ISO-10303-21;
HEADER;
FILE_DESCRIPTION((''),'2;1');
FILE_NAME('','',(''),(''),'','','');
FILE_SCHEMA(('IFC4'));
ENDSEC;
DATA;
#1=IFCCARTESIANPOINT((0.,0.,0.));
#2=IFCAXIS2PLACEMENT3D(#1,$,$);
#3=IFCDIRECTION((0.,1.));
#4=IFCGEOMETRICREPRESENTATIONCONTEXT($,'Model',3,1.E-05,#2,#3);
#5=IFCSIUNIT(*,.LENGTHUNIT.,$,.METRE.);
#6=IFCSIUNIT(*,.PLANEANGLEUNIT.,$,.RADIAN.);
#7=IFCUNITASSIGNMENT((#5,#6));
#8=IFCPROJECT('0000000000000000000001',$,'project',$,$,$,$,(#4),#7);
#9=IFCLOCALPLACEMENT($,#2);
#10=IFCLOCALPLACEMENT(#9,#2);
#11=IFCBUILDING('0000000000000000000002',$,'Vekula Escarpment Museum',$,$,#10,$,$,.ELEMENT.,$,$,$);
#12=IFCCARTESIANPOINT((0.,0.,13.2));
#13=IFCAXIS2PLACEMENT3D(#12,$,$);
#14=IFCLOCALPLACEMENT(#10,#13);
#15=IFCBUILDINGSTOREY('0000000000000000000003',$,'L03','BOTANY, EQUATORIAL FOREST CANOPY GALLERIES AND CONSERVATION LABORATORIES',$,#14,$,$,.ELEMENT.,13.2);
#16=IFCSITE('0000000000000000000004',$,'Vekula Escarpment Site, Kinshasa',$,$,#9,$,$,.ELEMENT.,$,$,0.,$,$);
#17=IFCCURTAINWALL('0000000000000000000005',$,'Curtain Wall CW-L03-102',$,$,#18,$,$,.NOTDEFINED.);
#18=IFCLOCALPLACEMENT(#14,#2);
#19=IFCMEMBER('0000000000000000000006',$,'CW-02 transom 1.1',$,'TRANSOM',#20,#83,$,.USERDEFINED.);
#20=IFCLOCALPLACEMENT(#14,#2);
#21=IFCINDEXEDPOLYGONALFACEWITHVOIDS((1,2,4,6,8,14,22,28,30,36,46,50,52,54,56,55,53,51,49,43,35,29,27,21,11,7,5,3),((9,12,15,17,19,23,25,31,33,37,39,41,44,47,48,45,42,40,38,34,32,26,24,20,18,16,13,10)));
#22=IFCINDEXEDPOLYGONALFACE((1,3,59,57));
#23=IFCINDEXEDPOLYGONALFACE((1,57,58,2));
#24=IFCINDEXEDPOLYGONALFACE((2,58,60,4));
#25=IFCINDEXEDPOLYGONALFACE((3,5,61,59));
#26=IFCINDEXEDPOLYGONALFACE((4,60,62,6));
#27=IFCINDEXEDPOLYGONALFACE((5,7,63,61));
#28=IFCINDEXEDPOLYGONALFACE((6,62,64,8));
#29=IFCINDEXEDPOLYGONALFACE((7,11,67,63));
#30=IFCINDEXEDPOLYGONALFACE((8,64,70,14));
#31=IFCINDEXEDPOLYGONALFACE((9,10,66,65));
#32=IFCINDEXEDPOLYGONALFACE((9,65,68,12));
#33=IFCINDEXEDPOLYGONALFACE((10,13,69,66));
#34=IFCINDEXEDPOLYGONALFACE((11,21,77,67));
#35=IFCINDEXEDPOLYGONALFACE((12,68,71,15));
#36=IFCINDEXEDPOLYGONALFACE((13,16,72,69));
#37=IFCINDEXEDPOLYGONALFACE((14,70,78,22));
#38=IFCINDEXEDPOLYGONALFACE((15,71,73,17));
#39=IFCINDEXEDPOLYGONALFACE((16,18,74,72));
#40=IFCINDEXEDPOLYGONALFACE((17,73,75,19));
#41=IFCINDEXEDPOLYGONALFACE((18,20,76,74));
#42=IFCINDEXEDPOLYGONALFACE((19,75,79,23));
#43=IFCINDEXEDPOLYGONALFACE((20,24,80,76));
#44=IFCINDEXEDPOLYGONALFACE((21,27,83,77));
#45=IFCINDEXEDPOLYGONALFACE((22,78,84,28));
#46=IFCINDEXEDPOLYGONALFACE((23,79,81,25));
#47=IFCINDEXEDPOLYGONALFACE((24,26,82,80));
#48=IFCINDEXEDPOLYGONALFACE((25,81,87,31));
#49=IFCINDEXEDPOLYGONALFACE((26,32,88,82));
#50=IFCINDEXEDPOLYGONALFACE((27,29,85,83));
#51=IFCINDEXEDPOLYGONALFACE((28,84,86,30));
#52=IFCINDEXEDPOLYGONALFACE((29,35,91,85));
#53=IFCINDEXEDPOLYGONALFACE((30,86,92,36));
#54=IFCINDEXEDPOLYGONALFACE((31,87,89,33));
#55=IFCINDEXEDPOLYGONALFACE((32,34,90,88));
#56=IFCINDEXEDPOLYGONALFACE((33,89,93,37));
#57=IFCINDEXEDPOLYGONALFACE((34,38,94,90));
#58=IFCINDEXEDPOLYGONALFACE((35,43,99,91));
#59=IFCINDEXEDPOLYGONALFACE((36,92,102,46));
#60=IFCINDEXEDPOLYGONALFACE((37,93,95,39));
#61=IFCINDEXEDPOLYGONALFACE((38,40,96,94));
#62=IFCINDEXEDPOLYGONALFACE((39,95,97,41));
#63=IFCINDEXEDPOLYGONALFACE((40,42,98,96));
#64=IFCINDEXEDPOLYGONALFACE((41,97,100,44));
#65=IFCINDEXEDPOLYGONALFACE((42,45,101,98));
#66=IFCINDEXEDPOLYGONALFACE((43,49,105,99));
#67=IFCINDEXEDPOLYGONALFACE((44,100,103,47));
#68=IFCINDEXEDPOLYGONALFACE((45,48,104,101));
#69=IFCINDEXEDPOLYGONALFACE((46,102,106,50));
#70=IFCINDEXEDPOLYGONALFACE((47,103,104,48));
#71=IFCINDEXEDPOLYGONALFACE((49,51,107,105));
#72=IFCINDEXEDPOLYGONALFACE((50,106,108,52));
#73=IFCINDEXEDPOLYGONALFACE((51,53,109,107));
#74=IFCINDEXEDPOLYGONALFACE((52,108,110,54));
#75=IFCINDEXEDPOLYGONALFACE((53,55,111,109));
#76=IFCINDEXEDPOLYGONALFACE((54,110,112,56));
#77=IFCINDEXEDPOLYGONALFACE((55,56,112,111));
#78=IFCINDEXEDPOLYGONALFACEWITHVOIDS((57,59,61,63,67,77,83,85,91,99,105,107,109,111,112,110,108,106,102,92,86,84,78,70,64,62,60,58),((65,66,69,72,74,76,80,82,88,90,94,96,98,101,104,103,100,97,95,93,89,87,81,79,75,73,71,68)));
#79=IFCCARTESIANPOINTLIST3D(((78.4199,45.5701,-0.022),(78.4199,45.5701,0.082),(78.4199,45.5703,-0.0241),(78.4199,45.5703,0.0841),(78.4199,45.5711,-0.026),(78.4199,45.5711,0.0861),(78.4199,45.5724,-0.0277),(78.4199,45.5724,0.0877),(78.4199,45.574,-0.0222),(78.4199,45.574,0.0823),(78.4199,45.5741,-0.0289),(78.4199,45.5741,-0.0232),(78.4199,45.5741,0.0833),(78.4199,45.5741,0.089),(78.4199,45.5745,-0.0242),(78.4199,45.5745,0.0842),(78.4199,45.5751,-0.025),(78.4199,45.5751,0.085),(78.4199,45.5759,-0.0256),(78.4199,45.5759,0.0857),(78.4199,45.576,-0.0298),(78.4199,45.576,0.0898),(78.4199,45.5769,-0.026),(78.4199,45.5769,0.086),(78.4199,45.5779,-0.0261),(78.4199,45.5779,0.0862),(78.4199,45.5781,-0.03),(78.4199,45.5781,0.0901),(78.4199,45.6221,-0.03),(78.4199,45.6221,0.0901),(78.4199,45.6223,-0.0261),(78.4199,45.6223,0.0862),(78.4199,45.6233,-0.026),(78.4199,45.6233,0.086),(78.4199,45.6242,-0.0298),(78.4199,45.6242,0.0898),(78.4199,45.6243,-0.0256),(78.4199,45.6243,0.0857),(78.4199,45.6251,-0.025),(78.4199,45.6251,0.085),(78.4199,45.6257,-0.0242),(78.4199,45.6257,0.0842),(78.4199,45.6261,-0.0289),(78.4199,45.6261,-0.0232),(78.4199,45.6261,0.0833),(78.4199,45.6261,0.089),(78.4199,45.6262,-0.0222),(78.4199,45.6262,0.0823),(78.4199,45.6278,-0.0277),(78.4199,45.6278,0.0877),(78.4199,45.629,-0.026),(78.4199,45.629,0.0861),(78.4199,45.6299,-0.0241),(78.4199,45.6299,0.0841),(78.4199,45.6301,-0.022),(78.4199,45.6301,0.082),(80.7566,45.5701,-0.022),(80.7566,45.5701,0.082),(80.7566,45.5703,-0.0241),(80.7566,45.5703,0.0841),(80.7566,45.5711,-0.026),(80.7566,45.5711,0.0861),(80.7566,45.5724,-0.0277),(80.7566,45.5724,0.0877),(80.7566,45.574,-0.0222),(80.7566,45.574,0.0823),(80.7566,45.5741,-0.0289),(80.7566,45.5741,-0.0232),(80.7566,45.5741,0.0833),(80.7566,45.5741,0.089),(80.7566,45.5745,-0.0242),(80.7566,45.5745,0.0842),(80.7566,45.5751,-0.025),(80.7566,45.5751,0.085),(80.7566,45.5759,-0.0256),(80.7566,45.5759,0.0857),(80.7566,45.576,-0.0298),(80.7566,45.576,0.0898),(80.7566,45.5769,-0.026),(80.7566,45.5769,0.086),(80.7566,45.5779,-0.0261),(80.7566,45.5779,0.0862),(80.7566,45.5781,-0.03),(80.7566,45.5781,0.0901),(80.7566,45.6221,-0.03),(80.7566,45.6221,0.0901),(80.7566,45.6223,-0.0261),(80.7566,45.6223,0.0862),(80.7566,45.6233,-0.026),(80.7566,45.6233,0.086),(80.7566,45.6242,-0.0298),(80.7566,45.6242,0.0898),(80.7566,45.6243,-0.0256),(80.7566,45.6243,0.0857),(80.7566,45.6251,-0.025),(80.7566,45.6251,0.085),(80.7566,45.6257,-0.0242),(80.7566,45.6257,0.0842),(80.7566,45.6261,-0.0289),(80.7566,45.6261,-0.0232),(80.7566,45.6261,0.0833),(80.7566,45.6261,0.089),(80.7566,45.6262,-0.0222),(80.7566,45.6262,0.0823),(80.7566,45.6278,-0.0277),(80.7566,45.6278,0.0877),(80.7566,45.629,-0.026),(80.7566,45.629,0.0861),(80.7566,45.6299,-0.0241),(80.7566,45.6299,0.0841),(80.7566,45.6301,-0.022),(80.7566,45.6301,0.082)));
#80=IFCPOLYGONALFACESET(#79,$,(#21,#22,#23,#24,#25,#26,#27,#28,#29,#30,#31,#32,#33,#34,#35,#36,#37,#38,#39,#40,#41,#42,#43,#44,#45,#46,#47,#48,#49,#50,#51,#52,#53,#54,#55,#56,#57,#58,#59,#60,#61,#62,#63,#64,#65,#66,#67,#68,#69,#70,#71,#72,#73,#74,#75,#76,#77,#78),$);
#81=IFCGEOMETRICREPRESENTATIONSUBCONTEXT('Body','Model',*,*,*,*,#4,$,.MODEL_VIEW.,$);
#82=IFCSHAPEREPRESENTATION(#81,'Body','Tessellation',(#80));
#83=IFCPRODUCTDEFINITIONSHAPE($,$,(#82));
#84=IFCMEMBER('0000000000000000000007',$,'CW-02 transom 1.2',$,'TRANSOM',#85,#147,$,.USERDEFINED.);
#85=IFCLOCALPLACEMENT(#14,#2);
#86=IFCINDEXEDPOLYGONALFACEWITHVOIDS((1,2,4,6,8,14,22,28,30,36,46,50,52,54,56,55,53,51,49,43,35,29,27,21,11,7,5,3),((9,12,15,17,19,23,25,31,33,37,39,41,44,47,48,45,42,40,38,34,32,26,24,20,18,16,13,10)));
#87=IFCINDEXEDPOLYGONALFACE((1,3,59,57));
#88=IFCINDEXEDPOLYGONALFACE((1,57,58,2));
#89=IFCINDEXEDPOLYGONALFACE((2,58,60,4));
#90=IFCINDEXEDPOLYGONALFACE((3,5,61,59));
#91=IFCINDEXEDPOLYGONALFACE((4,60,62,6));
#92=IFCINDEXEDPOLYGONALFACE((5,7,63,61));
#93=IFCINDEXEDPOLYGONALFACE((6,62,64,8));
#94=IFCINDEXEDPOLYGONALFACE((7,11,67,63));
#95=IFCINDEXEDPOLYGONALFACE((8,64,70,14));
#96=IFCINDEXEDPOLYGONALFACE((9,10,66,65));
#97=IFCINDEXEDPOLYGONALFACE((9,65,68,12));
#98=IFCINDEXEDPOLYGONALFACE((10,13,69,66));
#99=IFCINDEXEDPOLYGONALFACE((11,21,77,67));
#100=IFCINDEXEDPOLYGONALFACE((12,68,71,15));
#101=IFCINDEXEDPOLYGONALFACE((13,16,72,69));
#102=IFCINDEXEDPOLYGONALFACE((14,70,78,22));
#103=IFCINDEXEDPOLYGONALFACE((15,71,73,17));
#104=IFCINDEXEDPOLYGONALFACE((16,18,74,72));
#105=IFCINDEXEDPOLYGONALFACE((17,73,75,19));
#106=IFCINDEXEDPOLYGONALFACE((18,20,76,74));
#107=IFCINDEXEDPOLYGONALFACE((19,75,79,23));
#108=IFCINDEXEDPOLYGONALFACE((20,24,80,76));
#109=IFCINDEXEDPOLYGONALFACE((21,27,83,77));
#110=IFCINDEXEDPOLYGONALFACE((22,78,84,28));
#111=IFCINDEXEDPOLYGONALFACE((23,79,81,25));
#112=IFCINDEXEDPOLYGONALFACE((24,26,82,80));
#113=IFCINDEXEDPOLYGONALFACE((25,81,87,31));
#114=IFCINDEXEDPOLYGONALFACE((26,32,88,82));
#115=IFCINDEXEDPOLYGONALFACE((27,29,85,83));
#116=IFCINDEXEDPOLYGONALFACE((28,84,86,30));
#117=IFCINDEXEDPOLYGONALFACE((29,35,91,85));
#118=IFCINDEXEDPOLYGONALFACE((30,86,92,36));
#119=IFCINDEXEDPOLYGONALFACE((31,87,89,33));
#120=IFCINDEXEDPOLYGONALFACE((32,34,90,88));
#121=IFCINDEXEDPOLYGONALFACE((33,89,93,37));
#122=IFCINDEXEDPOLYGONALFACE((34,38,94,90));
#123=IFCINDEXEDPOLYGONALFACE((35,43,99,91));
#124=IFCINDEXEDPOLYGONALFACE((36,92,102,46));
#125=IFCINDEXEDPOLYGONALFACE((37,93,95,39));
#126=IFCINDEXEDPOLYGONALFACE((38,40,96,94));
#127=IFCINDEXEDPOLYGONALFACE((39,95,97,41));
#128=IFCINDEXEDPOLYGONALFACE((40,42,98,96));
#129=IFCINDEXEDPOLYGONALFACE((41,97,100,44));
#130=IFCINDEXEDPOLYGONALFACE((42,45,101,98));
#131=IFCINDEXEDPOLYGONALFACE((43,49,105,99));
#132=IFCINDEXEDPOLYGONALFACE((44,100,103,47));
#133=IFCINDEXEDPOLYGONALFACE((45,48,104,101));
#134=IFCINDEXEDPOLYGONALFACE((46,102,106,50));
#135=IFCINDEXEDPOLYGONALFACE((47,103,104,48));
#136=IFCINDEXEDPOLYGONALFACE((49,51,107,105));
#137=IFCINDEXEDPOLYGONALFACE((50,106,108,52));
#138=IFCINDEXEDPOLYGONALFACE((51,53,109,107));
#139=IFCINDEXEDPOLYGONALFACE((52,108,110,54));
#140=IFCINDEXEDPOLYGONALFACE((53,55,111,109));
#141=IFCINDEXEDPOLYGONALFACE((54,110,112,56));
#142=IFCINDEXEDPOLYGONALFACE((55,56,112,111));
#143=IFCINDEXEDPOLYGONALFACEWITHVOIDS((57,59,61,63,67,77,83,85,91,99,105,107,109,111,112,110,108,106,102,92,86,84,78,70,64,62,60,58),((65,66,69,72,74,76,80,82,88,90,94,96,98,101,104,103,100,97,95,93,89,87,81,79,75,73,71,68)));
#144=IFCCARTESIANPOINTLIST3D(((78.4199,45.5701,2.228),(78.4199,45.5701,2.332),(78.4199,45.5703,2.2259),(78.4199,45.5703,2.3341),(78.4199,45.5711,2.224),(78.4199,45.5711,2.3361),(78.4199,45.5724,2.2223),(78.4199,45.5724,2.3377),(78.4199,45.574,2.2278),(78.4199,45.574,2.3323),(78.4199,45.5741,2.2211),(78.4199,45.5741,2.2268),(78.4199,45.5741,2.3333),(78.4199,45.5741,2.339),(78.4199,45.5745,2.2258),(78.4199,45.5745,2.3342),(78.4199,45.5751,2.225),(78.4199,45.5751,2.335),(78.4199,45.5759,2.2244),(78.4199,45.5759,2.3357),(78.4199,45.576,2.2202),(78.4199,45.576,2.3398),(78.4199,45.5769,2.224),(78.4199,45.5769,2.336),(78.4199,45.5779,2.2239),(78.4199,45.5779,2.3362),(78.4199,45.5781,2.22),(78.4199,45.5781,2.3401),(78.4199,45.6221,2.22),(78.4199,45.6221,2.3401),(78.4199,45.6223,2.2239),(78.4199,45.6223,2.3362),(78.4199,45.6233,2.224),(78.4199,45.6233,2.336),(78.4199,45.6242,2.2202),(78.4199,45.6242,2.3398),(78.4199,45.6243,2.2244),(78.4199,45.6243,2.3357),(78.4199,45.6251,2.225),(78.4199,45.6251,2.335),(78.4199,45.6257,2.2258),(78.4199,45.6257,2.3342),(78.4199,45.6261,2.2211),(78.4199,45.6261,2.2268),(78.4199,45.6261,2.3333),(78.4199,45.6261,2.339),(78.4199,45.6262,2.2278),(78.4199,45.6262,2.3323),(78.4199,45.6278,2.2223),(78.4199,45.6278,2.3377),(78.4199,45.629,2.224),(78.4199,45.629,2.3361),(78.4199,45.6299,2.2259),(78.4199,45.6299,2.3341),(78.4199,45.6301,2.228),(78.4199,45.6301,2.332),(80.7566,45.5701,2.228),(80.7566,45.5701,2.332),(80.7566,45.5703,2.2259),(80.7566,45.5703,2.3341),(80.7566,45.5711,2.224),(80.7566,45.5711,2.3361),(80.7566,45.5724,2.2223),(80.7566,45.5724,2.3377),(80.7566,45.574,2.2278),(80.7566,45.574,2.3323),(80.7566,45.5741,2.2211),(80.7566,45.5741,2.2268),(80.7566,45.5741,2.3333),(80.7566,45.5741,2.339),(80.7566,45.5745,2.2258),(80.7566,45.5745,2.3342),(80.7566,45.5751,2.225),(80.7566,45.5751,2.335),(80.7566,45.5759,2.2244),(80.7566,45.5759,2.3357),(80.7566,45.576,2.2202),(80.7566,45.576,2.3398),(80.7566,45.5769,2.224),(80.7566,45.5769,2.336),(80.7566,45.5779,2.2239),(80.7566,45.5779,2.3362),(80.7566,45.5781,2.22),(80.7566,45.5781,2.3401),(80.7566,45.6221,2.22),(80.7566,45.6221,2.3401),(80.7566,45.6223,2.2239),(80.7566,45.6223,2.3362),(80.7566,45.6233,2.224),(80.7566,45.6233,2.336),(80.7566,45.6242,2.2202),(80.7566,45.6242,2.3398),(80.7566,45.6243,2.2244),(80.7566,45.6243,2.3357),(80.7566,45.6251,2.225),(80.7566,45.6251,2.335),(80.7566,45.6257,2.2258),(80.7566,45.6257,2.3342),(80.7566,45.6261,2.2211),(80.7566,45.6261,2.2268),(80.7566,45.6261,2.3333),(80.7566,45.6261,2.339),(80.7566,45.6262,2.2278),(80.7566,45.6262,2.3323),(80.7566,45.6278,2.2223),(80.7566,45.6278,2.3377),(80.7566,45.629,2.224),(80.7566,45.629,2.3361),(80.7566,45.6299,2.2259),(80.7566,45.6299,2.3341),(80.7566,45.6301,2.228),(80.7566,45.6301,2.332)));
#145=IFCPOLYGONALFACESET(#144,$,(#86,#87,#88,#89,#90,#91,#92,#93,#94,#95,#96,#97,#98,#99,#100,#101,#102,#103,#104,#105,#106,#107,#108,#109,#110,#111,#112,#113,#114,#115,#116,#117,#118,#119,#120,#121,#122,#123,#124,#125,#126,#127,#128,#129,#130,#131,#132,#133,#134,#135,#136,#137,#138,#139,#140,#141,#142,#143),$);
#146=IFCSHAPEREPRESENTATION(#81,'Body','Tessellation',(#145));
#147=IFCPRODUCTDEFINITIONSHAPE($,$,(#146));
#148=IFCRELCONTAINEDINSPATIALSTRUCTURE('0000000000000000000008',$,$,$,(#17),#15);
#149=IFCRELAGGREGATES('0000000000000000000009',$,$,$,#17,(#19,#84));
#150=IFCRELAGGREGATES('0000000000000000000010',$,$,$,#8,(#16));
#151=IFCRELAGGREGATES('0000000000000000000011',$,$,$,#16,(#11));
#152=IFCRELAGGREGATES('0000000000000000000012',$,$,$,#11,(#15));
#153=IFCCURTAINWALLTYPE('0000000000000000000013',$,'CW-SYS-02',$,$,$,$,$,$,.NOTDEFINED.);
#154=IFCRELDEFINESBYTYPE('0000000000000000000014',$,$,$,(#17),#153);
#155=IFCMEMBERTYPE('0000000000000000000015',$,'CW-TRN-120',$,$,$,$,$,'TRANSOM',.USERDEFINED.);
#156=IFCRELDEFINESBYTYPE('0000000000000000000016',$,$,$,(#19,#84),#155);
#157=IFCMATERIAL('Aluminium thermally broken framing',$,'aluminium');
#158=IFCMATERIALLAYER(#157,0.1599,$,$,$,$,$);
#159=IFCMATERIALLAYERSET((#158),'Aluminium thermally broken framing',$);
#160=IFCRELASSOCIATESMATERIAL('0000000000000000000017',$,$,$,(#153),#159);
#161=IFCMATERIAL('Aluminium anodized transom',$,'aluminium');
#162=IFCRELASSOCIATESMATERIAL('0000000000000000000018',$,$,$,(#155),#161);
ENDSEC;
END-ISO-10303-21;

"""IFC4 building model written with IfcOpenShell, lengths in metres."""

from ifc_helpers import new_model, si_unit, direction, frame, origin, origin_2d, place, context, subcontext, project, spatial, hollow_rectangle, extrude, material, layer, layer_set, material_profile, profile_set, type_object, element, aggregate, save


model = new_model("IFC4")

# Units and contexts
model_context = context("Model", 3, precision=1e-05, world=origin(), true_north=direction((0.0, 1.0)))
body_context = subcontext(model_context, "Body", "Model", "MODEL_VIEW")
ifc_project = project(units=[si_unit("LENGTHUNIT", "METRE"), si_unit("PLANEANGLEUNIT", "RADIAN")], contexts=[model_context])

# Site, building, storey
site_placement = place(None, origin())
site = spatial("IfcSite", under=ifc_project, at=site_placement, Name="Vekula Escarpment Site, Kinshasa", CompositionType="ELEMENT", RefElevation=0.0)
building_placement = place(site_placement, origin())
building = spatial("IfcBuilding", under=site, at=building_placement, Name="Vekula Escarpment Museum", CompositionType="ELEMENT")
storey_placement = place(building_placement, frame((0.0, 0.0, 13.2)))
storey = spatial("IfcBuildingStorey", under=building, at=storey_placement, Name="L03", Description="BOTANY, EQUATORIAL FOREST CANOPY GALLERIES AND CONSERVATION LABORATORIES", CompositionType="ELEMENT", Elevation=13.2)

# Curtain wall
ifc_material_1 = material(Name="Aluminium thermally broken framing", Category="aluminium")
ifc_layer_1 = layer(ifc_material_1, 0.1599)
ifc_layer_set_1 = layer_set([ifc_layer_1], Name="Aluminium thermally broken framing")
curtain_wall_type_1 = type_object("IfcCurtainWallType", Name="CW-SYS-02", PredefinedType="NOTDEFINED", material=ifc_layer_set_1)
curtain_wall_1_placement = place(storey_placement, origin())
curtain_wall_1 = element("IfcCurtainWall", 1, at=curtain_wall_1_placement, inside=storey, type_object=curtain_wall_type_1, Name="Curtain Wall CW-L03-102", PredefinedType="NOTDEFINED")

# Members
ifc_material_2 = material(Name="Aluminium anodized transom", Category="aluminium")
ifc_material_profile_1 = material_profile(ifc_material_2, hollow_rectangle(XDim=0.0601, YDim=0.1201, WallThickness=0.0039, InnerFilletRadius=0.0039, OuterFilletRadius=0.0081, at=origin_2d()), Name="ALU 120x60x4")
ifc_profile_set_1 = profile_set([ifc_material_profile_1], Name="Aluminium anodized transom")
member_type_1 = type_object("IfcMemberType", Name="CW-TRN-120", ElementType="TRANSOM", PredefinedType="USERDEFINED", material=ifc_profile_set_1)
member_1_placement = place(storey_placement, frame((78.4199, 45.6001, 0.03), z_axis=(1.0, 0.0, 0.0), x_axis=(0.0, 1.0, 0.0)))
member_1 = element("IfcMember", 2, at=member_1_placement, type_object=member_type_1, Name="CW-02 transom 1.1", ObjectType="TRANSOM", PredefinedType="USERDEFINED", context=body_context, shape_type="SweptSolid", body=[
    extrude(hollow_rectangle(XDim=0.0601, YDim=0.1201, WallThickness=0.0039, InnerFilletRadius=0.0039, OuterFilletRadius=0.0081, at=origin_2d()), origin(), (0.0, 0.0, 1.0), 2.3367),
])
member_2_placement = place(storey_placement, frame((78.4199, 45.6001, 2.28), z_axis=(1.0, 0.0, 0.0), x_axis=(0.0, 1.0, 0.0)))
member_2 = element("IfcMember", 3, at=member_2_placement, type_object=member_type_1, Name="CW-02 transom 1.2", ObjectType="TRANSOM", PredefinedType="USERDEFINED", context=body_context, shape_type="SweptSolid", body=[
    extrude(hollow_rectangle(XDim=0.0601, YDim=0.1201, WallThickness=0.0039, InnerFilletRadius=0.0039, OuterFilletRadius=0.0081, at=origin_2d()), origin(), (0.0, 0.0, 1.0), 2.3367),
])

aggregate(curtain_wall_1, [member_1, member_2])

save(model, "model.ifc")
